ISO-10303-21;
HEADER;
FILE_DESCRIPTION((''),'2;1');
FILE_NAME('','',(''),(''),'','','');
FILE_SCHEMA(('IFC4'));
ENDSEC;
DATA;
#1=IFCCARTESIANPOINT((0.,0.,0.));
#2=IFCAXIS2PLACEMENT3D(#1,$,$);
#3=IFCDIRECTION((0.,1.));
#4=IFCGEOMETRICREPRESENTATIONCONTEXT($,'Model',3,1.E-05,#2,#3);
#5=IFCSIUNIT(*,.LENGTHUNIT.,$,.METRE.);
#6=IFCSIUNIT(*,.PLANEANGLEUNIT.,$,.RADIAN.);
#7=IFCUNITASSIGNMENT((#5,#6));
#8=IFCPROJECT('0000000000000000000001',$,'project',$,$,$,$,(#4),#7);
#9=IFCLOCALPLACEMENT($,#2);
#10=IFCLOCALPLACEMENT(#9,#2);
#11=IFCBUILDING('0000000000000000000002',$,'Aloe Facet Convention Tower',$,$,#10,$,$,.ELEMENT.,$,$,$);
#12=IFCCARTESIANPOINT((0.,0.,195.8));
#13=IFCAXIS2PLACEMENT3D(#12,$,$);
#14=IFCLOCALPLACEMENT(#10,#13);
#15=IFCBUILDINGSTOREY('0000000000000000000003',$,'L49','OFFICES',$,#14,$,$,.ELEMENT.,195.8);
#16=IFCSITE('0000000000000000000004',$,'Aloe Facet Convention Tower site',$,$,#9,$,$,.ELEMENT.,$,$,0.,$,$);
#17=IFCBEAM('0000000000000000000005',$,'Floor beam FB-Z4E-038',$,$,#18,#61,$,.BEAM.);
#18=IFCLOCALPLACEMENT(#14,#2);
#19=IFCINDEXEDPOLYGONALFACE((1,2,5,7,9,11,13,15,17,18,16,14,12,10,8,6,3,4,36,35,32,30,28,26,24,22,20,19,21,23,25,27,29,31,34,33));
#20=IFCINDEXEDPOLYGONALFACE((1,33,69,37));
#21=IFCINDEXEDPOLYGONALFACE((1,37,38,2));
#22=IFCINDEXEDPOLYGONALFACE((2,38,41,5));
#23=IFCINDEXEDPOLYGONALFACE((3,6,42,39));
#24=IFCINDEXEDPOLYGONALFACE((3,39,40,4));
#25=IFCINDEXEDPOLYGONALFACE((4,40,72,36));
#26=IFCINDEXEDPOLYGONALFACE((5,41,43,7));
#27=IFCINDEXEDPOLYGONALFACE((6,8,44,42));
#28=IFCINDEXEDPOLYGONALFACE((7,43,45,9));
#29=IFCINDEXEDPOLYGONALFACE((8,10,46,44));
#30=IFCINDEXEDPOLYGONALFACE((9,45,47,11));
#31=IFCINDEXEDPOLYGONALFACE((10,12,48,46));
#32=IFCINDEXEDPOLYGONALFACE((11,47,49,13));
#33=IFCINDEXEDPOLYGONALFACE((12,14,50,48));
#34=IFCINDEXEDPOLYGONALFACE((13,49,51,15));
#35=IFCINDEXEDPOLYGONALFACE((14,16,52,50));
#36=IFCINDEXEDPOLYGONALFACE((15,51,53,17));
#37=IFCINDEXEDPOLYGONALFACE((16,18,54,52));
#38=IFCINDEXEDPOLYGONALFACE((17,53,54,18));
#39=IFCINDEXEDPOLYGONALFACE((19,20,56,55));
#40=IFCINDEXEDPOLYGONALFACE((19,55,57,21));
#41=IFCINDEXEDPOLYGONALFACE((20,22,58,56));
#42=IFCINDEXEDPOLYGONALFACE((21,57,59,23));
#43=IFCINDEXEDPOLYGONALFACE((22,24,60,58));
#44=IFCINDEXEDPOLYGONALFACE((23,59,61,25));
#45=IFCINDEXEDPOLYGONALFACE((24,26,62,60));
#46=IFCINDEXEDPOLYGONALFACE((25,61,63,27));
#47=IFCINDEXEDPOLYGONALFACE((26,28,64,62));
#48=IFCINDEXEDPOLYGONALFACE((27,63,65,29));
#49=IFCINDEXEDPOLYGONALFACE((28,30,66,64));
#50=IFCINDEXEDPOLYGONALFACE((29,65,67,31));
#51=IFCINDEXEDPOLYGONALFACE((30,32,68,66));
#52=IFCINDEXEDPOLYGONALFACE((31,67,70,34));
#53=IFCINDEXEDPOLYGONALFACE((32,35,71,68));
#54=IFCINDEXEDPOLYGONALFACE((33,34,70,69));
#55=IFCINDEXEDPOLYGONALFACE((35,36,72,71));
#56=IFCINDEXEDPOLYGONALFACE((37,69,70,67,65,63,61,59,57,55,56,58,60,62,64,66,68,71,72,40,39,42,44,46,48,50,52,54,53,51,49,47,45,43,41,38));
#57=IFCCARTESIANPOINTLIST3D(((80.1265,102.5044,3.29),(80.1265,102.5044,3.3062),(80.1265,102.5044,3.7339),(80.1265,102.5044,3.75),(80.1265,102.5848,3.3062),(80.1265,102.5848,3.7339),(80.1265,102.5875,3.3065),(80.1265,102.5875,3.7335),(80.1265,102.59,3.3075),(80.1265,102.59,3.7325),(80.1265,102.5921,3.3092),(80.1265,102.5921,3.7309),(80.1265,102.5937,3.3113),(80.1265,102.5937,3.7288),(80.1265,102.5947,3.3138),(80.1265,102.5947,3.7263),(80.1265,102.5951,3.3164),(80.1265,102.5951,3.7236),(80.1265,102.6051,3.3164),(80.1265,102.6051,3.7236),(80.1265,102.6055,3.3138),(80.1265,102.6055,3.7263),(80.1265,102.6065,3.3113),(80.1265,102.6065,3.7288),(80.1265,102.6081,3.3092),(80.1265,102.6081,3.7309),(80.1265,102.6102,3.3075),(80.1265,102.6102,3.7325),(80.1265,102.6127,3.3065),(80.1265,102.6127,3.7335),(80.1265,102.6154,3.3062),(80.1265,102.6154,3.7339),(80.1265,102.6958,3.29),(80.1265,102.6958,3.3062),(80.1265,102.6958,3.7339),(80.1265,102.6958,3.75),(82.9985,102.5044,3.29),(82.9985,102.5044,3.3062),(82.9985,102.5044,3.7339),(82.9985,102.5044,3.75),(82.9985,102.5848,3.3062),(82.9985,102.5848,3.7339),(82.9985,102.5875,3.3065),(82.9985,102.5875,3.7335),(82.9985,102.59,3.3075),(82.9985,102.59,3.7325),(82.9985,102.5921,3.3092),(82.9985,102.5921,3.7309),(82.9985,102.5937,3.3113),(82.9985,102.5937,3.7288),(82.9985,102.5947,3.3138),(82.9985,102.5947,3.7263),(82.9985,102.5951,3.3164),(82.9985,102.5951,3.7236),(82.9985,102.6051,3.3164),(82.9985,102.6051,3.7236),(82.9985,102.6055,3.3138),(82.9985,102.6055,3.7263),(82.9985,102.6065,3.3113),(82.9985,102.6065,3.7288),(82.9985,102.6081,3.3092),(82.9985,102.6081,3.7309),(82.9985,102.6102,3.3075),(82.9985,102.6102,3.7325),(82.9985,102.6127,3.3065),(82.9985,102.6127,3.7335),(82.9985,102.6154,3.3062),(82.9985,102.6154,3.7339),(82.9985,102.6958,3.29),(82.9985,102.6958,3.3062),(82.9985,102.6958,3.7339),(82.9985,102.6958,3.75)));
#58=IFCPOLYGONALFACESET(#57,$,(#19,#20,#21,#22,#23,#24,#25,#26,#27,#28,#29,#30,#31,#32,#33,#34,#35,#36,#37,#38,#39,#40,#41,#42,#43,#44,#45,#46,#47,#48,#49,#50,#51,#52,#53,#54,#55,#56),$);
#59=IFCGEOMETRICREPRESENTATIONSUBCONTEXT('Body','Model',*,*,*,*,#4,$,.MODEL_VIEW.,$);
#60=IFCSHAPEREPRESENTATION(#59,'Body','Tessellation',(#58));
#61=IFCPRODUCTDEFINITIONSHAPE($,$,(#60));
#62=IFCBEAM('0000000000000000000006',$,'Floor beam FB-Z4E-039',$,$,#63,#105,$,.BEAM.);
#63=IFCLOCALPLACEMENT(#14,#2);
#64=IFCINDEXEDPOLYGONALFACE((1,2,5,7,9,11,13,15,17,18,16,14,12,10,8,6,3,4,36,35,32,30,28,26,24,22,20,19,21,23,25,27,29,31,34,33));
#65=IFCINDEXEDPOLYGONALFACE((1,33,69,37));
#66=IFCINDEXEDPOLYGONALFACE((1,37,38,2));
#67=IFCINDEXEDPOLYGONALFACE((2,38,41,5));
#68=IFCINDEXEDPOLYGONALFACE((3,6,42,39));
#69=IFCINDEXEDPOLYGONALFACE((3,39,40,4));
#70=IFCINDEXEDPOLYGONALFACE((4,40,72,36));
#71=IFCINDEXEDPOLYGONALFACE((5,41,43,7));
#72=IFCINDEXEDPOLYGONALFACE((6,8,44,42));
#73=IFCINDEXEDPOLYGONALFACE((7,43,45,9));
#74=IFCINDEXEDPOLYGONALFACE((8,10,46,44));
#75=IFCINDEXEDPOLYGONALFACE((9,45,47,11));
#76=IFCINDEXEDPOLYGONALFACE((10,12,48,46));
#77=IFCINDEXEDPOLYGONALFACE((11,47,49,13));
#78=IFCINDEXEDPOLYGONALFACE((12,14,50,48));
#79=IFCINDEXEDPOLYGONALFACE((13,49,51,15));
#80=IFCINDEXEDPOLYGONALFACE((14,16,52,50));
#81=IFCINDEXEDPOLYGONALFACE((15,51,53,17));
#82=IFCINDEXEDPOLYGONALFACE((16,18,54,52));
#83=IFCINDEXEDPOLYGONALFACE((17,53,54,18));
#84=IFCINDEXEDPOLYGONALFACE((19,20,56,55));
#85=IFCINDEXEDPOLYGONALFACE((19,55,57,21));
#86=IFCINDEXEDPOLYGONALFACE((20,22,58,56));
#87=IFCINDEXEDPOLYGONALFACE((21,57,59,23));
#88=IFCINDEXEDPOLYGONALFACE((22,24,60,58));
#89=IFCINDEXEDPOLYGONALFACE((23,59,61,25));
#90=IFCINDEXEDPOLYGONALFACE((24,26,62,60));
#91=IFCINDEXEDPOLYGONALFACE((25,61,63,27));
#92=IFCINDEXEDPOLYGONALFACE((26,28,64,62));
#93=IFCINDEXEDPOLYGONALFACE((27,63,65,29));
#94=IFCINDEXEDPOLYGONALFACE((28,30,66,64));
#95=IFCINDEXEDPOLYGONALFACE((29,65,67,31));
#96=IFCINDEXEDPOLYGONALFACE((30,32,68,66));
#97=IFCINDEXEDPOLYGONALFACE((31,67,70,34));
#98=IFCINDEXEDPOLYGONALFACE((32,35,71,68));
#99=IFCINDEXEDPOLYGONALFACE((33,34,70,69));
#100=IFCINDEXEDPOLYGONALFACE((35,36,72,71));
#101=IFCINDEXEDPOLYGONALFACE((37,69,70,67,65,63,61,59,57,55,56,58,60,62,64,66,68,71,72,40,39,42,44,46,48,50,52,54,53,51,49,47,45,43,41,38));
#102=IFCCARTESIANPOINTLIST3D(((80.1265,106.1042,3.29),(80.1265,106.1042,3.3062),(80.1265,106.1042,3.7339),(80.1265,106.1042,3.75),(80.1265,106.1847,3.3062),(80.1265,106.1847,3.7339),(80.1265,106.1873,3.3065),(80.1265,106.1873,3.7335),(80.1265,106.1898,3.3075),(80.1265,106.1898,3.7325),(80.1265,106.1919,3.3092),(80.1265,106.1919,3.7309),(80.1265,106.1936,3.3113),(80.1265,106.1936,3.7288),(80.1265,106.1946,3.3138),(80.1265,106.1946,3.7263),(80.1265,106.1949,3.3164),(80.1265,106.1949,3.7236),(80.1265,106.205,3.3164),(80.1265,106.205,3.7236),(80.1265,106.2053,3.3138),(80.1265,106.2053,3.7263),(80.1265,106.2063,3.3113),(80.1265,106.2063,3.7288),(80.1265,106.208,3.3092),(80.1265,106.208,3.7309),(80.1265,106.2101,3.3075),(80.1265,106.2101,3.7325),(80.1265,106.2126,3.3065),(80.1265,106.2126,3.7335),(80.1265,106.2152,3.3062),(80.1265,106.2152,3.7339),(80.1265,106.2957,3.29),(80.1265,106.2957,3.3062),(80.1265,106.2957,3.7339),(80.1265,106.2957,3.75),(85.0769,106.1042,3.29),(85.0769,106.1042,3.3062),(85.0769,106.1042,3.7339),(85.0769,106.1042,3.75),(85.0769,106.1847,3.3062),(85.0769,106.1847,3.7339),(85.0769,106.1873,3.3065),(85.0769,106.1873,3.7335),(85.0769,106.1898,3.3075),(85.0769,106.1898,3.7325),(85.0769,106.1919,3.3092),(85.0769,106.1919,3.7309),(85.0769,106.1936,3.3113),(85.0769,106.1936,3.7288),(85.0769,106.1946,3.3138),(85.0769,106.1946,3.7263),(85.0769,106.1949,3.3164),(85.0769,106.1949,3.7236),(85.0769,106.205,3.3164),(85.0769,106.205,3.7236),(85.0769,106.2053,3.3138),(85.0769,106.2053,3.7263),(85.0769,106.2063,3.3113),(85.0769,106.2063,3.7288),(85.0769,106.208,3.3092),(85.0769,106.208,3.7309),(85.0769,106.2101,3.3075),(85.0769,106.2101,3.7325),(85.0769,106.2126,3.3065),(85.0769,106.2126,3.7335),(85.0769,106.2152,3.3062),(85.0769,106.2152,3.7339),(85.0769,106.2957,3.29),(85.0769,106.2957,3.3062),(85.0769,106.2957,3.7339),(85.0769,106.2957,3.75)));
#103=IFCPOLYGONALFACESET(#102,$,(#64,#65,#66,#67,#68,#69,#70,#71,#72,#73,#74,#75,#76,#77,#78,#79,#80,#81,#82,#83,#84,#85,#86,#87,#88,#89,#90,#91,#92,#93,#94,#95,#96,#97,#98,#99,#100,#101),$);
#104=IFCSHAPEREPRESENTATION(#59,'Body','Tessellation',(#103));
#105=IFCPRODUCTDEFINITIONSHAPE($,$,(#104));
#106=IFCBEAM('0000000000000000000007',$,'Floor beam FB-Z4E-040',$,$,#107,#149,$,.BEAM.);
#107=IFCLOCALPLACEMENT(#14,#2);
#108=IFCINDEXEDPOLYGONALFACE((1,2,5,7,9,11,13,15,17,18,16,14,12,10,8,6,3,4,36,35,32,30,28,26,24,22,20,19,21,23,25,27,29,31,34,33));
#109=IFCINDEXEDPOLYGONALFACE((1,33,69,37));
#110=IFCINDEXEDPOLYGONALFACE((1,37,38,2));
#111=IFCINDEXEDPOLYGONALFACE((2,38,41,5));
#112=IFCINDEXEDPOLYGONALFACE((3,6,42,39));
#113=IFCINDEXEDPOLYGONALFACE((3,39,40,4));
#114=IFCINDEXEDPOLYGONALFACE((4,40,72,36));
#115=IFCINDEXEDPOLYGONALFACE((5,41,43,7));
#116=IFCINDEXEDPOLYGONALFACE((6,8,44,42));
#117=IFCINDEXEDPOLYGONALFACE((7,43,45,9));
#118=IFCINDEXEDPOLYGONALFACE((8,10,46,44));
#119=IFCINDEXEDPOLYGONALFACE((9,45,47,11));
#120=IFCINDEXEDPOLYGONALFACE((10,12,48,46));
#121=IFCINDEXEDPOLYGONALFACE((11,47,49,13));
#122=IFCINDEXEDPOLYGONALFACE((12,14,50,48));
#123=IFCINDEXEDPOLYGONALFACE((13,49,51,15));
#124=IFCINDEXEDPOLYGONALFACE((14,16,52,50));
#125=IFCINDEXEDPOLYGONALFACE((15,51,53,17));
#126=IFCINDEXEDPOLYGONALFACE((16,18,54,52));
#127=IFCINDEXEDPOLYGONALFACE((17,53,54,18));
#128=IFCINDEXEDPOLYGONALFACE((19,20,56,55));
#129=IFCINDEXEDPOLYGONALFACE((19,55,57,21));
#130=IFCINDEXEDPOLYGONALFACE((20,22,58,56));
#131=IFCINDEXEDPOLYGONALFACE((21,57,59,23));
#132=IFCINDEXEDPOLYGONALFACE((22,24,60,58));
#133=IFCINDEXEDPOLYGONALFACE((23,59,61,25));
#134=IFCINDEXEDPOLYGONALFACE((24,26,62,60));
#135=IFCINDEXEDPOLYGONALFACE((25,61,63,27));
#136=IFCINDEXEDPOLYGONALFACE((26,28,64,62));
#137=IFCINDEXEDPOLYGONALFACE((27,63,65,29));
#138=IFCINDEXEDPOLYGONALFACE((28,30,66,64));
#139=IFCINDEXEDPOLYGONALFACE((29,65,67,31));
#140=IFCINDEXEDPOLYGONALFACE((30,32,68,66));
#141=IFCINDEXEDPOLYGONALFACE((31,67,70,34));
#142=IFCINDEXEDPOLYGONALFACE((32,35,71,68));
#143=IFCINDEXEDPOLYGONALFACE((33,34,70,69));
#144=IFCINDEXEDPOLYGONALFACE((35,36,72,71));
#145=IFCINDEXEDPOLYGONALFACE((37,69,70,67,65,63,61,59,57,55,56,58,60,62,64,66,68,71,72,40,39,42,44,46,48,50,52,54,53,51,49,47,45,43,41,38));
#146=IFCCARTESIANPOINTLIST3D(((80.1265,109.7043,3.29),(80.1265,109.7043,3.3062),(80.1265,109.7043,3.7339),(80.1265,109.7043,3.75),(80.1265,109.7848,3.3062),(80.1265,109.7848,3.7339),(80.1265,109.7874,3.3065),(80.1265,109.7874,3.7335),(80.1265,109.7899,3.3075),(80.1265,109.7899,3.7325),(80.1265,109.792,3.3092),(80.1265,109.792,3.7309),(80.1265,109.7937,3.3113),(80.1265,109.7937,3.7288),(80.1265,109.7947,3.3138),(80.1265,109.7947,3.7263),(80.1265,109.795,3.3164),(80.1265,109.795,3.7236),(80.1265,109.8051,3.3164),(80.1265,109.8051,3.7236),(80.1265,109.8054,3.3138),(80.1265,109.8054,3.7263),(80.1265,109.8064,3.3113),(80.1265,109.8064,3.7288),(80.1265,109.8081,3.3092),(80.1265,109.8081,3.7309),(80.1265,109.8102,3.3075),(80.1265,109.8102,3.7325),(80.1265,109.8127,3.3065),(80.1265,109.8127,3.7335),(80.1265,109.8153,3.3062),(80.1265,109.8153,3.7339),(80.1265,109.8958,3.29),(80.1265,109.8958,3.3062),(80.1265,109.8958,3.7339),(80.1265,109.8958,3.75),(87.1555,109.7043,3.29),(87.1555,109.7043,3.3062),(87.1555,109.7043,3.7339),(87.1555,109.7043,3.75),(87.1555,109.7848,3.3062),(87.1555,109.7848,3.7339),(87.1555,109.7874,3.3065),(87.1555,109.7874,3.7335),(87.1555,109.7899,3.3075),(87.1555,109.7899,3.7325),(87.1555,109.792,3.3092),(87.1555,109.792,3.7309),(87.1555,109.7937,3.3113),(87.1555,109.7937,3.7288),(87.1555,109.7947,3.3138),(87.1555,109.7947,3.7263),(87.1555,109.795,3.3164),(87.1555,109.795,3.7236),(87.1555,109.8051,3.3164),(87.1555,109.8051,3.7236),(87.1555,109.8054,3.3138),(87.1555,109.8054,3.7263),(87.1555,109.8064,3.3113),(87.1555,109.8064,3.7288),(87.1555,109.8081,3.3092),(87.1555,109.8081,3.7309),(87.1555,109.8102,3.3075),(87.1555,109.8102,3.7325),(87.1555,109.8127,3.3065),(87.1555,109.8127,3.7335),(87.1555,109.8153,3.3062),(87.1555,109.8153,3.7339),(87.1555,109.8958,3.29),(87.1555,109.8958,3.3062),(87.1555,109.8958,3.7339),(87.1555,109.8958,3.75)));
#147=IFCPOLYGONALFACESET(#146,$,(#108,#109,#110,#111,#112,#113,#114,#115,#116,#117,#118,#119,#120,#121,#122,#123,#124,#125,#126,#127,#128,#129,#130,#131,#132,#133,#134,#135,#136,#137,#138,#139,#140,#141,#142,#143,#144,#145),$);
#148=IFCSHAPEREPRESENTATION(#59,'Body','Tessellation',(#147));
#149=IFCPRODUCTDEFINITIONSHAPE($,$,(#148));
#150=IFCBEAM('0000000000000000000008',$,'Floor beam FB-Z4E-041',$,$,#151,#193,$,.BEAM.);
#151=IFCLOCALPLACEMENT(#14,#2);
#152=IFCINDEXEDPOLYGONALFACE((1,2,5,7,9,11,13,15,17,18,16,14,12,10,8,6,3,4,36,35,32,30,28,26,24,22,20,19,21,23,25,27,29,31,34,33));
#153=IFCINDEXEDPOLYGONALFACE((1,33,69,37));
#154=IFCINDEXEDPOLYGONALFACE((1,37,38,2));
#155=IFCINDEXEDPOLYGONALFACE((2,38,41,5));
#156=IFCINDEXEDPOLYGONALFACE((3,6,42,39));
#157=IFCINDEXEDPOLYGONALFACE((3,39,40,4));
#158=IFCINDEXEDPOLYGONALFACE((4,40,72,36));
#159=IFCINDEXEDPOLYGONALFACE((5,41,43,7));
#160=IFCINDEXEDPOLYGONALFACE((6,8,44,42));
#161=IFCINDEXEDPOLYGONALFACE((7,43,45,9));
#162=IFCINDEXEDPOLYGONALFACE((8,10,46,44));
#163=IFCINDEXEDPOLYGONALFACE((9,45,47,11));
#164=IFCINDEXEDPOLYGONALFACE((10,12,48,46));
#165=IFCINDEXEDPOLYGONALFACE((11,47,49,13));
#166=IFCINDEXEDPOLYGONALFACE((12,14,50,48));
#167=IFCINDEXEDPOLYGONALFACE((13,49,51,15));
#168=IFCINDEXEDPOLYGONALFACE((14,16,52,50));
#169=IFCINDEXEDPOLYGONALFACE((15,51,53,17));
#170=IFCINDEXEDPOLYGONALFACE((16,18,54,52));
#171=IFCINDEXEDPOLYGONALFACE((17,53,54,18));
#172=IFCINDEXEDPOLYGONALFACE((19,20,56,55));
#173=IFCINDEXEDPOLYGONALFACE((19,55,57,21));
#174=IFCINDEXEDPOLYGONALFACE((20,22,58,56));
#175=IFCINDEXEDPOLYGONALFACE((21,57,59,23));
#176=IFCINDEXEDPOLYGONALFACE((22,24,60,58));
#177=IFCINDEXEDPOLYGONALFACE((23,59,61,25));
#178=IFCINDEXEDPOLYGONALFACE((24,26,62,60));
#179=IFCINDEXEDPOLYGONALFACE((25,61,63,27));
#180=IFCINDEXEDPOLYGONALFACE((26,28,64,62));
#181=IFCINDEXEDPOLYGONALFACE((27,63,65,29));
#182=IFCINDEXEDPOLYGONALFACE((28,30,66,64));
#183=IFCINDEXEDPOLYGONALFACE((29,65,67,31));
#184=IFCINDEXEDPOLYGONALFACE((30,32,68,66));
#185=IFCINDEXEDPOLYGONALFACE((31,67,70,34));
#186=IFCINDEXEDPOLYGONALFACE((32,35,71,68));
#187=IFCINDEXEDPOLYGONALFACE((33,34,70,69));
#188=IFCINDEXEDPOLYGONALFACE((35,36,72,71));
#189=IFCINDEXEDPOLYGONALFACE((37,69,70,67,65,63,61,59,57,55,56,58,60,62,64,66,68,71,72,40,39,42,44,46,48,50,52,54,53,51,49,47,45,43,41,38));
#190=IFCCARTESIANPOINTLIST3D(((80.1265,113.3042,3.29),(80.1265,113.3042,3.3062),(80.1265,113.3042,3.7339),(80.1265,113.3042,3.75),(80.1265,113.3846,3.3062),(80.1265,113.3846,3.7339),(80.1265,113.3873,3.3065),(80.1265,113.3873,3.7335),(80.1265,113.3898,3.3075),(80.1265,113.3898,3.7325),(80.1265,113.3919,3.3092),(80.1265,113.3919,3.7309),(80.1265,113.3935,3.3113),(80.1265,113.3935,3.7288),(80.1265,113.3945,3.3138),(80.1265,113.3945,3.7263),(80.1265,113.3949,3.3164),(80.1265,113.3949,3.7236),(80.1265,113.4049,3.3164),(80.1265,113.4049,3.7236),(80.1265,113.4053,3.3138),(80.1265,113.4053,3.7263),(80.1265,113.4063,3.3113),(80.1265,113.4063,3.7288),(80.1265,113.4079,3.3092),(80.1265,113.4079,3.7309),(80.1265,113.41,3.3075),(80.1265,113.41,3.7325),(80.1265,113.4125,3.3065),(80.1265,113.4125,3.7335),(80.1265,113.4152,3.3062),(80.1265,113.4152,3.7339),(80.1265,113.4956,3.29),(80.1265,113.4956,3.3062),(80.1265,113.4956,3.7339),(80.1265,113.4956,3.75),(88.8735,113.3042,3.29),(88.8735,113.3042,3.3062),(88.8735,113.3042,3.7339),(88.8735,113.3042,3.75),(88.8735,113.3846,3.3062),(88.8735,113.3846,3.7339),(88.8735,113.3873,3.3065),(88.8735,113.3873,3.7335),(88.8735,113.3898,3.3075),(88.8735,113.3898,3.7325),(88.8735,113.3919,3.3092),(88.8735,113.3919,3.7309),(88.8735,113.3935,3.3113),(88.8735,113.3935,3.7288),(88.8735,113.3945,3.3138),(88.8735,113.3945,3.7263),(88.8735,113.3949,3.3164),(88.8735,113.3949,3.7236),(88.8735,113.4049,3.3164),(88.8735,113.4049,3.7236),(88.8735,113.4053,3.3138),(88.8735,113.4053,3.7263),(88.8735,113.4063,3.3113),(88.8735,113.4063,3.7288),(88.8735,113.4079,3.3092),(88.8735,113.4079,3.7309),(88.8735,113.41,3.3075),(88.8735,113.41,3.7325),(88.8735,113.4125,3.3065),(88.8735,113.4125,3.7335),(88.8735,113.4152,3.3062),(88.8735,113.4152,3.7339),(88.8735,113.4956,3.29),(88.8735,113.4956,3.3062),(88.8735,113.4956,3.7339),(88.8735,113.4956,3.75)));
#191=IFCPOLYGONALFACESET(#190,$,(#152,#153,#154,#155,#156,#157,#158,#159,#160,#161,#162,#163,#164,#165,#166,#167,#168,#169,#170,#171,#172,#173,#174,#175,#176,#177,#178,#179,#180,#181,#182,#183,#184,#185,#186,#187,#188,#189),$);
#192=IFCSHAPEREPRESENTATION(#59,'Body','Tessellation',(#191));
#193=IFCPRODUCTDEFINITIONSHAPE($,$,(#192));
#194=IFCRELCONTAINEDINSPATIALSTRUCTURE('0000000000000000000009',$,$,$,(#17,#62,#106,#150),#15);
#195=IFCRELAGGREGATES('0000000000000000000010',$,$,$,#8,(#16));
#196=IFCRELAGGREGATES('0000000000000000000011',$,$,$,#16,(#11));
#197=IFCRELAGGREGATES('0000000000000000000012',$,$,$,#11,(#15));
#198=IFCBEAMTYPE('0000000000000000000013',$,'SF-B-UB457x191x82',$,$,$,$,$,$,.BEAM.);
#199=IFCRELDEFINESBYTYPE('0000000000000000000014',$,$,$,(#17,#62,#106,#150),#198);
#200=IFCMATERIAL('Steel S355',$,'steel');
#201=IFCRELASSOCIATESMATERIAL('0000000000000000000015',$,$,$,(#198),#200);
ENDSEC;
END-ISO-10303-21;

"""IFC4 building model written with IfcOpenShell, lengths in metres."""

from ifc_helpers import new_model, si_unit, direction, frame, origin, origin_2d, place, context, subcontext, project, spatial, i_section, extrude, material, material_profile, profile_set, type_object, element, save


model = new_model("IFC4")

# Units and contexts
model_context = context("Model", 3, precision=1e-05, world=origin(), true_north=direction((0.0, 1.0)))
body_context = subcontext(model_context, "Body", "Model", "MODEL_VIEW")
ifc_project = project(units=[si_unit("LENGTHUNIT", "METRE"), si_unit("PLANEANGLEUNIT", "RADIAN")], contexts=[model_context])

# Site, building, storey
site_placement = place(None, origin())
site = spatial("IfcSite", under=ifc_project, at=site_placement, Name="Aloe Facet Convention Tower site", CompositionType="ELEMENT", RefElevation=0.0)
building_placement = place(site_placement, origin())
building = spatial("IfcBuilding", under=site, at=building_placement, Name="Aloe Facet Convention Tower", CompositionType="ELEMENT")
storey_placement = place(building_placement, frame((0.0, 0.0, 195.8)))
storey = spatial("IfcBuildingStorey", under=building, at=storey_placement, Name="L49", Description="OFFICES", CompositionType="ELEMENT", Elevation=195.8)

# Beams
ifc_material_1 = material(Name="Steel S355", Category="steel")
ifc_material_profile_1 = material_profile(ifc_material_1, i_section(OverallWidth=0.1914, OverallDepth=0.46, WebThickness=0.01, FlangeThickness=0.0161, FilletRadius=0.0103, at=origin_2d()), Name="UB 457x191x82")
ifc_profile_set_1 = profile_set([ifc_material_profile_1], Name="Steel S355")
beam_type_1 = type_object("IfcBeamType", Name="SF-B-UB457x191x82", PredefinedType="BEAM", material=ifc_profile_set_1)
beam_1_placement = place(storey_placement, frame((80.1265, 102.6001, 3.52), z_axis=(1.0, 0.0, 0.0), x_axis=(0.0, 1.0, 0.0)))
element("IfcBeam", 1, at=beam_1_placement, inside=storey, type_object=beam_type_1, Name="Floor beam FB-Z4E-038", PredefinedType="BEAM", context=body_context, shape_type="SweptSolid", body=[
    extrude(i_section(OverallWidth=0.1914, OverallDepth=0.46, WebThickness=0.01, FlangeThickness=0.0161, FilletRadius=0.0103, at=origin_2d()), origin(), (0.0, 0.0, 1.0), 2.8721),
])
beam_2_placement = place(storey_placement, frame((80.1265, 106.2, 3.52), z_axis=(1.0, 0.0, 0.0), x_axis=(0.0, 1.0, 0.0)))
element("IfcBeam", 2, at=beam_2_placement, inside=storey, type_object=beam_type_1, Name="Floor beam FB-Z4E-039", PredefinedType="BEAM", context=body_context, shape_type="SweptSolid", body=[
    extrude(i_section(OverallWidth=0.1914, OverallDepth=0.46, WebThickness=0.01, FlangeThickness=0.0161, FilletRadius=0.0103, at=origin_2d()), origin(), (0.0, 0.0, 1.0), 4.9504),
])
beam_3_placement = place(storey_placement, frame((80.1265, 109.8, 3.52), z_axis=(1.0, 0.0, 0.0), x_axis=(0.0, 1.0, 0.0)))
element("IfcBeam", 3, at=beam_3_placement, inside=storey, type_object=beam_type_1, Name="Floor beam FB-Z4E-040", PredefinedType="BEAM", context=body_context, shape_type="SweptSolid", body=[
    extrude(i_section(OverallWidth=0.1914, OverallDepth=0.46, WebThickness=0.01, FlangeThickness=0.0161, FilletRadius=0.0103, at=origin_2d()), origin(), (0.0, 0.0, 1.0), 7.0291),
])
beam_4_placement = place(storey_placement, frame((80.1265, 113.3999, 3.52), z_axis=(1.0, 0.0, 0.0), x_axis=(0.0, 1.0, 0.0)))
element("IfcBeam", 4, at=beam_4_placement, inside=storey, type_object=beam_type_1, Name="Floor beam FB-Z4E-041", PredefinedType="BEAM", context=body_context, shape_type="SweptSolid", body=[
    extrude(i_section(OverallWidth=0.1914, OverallDepth=0.46, WebThickness=0.01, FlangeThickness=0.0161, FilletRadius=0.0103, at=origin_2d()), origin(), (0.0, 0.0, 1.0), 8.7471),
])

save(model, "model.ifc")
